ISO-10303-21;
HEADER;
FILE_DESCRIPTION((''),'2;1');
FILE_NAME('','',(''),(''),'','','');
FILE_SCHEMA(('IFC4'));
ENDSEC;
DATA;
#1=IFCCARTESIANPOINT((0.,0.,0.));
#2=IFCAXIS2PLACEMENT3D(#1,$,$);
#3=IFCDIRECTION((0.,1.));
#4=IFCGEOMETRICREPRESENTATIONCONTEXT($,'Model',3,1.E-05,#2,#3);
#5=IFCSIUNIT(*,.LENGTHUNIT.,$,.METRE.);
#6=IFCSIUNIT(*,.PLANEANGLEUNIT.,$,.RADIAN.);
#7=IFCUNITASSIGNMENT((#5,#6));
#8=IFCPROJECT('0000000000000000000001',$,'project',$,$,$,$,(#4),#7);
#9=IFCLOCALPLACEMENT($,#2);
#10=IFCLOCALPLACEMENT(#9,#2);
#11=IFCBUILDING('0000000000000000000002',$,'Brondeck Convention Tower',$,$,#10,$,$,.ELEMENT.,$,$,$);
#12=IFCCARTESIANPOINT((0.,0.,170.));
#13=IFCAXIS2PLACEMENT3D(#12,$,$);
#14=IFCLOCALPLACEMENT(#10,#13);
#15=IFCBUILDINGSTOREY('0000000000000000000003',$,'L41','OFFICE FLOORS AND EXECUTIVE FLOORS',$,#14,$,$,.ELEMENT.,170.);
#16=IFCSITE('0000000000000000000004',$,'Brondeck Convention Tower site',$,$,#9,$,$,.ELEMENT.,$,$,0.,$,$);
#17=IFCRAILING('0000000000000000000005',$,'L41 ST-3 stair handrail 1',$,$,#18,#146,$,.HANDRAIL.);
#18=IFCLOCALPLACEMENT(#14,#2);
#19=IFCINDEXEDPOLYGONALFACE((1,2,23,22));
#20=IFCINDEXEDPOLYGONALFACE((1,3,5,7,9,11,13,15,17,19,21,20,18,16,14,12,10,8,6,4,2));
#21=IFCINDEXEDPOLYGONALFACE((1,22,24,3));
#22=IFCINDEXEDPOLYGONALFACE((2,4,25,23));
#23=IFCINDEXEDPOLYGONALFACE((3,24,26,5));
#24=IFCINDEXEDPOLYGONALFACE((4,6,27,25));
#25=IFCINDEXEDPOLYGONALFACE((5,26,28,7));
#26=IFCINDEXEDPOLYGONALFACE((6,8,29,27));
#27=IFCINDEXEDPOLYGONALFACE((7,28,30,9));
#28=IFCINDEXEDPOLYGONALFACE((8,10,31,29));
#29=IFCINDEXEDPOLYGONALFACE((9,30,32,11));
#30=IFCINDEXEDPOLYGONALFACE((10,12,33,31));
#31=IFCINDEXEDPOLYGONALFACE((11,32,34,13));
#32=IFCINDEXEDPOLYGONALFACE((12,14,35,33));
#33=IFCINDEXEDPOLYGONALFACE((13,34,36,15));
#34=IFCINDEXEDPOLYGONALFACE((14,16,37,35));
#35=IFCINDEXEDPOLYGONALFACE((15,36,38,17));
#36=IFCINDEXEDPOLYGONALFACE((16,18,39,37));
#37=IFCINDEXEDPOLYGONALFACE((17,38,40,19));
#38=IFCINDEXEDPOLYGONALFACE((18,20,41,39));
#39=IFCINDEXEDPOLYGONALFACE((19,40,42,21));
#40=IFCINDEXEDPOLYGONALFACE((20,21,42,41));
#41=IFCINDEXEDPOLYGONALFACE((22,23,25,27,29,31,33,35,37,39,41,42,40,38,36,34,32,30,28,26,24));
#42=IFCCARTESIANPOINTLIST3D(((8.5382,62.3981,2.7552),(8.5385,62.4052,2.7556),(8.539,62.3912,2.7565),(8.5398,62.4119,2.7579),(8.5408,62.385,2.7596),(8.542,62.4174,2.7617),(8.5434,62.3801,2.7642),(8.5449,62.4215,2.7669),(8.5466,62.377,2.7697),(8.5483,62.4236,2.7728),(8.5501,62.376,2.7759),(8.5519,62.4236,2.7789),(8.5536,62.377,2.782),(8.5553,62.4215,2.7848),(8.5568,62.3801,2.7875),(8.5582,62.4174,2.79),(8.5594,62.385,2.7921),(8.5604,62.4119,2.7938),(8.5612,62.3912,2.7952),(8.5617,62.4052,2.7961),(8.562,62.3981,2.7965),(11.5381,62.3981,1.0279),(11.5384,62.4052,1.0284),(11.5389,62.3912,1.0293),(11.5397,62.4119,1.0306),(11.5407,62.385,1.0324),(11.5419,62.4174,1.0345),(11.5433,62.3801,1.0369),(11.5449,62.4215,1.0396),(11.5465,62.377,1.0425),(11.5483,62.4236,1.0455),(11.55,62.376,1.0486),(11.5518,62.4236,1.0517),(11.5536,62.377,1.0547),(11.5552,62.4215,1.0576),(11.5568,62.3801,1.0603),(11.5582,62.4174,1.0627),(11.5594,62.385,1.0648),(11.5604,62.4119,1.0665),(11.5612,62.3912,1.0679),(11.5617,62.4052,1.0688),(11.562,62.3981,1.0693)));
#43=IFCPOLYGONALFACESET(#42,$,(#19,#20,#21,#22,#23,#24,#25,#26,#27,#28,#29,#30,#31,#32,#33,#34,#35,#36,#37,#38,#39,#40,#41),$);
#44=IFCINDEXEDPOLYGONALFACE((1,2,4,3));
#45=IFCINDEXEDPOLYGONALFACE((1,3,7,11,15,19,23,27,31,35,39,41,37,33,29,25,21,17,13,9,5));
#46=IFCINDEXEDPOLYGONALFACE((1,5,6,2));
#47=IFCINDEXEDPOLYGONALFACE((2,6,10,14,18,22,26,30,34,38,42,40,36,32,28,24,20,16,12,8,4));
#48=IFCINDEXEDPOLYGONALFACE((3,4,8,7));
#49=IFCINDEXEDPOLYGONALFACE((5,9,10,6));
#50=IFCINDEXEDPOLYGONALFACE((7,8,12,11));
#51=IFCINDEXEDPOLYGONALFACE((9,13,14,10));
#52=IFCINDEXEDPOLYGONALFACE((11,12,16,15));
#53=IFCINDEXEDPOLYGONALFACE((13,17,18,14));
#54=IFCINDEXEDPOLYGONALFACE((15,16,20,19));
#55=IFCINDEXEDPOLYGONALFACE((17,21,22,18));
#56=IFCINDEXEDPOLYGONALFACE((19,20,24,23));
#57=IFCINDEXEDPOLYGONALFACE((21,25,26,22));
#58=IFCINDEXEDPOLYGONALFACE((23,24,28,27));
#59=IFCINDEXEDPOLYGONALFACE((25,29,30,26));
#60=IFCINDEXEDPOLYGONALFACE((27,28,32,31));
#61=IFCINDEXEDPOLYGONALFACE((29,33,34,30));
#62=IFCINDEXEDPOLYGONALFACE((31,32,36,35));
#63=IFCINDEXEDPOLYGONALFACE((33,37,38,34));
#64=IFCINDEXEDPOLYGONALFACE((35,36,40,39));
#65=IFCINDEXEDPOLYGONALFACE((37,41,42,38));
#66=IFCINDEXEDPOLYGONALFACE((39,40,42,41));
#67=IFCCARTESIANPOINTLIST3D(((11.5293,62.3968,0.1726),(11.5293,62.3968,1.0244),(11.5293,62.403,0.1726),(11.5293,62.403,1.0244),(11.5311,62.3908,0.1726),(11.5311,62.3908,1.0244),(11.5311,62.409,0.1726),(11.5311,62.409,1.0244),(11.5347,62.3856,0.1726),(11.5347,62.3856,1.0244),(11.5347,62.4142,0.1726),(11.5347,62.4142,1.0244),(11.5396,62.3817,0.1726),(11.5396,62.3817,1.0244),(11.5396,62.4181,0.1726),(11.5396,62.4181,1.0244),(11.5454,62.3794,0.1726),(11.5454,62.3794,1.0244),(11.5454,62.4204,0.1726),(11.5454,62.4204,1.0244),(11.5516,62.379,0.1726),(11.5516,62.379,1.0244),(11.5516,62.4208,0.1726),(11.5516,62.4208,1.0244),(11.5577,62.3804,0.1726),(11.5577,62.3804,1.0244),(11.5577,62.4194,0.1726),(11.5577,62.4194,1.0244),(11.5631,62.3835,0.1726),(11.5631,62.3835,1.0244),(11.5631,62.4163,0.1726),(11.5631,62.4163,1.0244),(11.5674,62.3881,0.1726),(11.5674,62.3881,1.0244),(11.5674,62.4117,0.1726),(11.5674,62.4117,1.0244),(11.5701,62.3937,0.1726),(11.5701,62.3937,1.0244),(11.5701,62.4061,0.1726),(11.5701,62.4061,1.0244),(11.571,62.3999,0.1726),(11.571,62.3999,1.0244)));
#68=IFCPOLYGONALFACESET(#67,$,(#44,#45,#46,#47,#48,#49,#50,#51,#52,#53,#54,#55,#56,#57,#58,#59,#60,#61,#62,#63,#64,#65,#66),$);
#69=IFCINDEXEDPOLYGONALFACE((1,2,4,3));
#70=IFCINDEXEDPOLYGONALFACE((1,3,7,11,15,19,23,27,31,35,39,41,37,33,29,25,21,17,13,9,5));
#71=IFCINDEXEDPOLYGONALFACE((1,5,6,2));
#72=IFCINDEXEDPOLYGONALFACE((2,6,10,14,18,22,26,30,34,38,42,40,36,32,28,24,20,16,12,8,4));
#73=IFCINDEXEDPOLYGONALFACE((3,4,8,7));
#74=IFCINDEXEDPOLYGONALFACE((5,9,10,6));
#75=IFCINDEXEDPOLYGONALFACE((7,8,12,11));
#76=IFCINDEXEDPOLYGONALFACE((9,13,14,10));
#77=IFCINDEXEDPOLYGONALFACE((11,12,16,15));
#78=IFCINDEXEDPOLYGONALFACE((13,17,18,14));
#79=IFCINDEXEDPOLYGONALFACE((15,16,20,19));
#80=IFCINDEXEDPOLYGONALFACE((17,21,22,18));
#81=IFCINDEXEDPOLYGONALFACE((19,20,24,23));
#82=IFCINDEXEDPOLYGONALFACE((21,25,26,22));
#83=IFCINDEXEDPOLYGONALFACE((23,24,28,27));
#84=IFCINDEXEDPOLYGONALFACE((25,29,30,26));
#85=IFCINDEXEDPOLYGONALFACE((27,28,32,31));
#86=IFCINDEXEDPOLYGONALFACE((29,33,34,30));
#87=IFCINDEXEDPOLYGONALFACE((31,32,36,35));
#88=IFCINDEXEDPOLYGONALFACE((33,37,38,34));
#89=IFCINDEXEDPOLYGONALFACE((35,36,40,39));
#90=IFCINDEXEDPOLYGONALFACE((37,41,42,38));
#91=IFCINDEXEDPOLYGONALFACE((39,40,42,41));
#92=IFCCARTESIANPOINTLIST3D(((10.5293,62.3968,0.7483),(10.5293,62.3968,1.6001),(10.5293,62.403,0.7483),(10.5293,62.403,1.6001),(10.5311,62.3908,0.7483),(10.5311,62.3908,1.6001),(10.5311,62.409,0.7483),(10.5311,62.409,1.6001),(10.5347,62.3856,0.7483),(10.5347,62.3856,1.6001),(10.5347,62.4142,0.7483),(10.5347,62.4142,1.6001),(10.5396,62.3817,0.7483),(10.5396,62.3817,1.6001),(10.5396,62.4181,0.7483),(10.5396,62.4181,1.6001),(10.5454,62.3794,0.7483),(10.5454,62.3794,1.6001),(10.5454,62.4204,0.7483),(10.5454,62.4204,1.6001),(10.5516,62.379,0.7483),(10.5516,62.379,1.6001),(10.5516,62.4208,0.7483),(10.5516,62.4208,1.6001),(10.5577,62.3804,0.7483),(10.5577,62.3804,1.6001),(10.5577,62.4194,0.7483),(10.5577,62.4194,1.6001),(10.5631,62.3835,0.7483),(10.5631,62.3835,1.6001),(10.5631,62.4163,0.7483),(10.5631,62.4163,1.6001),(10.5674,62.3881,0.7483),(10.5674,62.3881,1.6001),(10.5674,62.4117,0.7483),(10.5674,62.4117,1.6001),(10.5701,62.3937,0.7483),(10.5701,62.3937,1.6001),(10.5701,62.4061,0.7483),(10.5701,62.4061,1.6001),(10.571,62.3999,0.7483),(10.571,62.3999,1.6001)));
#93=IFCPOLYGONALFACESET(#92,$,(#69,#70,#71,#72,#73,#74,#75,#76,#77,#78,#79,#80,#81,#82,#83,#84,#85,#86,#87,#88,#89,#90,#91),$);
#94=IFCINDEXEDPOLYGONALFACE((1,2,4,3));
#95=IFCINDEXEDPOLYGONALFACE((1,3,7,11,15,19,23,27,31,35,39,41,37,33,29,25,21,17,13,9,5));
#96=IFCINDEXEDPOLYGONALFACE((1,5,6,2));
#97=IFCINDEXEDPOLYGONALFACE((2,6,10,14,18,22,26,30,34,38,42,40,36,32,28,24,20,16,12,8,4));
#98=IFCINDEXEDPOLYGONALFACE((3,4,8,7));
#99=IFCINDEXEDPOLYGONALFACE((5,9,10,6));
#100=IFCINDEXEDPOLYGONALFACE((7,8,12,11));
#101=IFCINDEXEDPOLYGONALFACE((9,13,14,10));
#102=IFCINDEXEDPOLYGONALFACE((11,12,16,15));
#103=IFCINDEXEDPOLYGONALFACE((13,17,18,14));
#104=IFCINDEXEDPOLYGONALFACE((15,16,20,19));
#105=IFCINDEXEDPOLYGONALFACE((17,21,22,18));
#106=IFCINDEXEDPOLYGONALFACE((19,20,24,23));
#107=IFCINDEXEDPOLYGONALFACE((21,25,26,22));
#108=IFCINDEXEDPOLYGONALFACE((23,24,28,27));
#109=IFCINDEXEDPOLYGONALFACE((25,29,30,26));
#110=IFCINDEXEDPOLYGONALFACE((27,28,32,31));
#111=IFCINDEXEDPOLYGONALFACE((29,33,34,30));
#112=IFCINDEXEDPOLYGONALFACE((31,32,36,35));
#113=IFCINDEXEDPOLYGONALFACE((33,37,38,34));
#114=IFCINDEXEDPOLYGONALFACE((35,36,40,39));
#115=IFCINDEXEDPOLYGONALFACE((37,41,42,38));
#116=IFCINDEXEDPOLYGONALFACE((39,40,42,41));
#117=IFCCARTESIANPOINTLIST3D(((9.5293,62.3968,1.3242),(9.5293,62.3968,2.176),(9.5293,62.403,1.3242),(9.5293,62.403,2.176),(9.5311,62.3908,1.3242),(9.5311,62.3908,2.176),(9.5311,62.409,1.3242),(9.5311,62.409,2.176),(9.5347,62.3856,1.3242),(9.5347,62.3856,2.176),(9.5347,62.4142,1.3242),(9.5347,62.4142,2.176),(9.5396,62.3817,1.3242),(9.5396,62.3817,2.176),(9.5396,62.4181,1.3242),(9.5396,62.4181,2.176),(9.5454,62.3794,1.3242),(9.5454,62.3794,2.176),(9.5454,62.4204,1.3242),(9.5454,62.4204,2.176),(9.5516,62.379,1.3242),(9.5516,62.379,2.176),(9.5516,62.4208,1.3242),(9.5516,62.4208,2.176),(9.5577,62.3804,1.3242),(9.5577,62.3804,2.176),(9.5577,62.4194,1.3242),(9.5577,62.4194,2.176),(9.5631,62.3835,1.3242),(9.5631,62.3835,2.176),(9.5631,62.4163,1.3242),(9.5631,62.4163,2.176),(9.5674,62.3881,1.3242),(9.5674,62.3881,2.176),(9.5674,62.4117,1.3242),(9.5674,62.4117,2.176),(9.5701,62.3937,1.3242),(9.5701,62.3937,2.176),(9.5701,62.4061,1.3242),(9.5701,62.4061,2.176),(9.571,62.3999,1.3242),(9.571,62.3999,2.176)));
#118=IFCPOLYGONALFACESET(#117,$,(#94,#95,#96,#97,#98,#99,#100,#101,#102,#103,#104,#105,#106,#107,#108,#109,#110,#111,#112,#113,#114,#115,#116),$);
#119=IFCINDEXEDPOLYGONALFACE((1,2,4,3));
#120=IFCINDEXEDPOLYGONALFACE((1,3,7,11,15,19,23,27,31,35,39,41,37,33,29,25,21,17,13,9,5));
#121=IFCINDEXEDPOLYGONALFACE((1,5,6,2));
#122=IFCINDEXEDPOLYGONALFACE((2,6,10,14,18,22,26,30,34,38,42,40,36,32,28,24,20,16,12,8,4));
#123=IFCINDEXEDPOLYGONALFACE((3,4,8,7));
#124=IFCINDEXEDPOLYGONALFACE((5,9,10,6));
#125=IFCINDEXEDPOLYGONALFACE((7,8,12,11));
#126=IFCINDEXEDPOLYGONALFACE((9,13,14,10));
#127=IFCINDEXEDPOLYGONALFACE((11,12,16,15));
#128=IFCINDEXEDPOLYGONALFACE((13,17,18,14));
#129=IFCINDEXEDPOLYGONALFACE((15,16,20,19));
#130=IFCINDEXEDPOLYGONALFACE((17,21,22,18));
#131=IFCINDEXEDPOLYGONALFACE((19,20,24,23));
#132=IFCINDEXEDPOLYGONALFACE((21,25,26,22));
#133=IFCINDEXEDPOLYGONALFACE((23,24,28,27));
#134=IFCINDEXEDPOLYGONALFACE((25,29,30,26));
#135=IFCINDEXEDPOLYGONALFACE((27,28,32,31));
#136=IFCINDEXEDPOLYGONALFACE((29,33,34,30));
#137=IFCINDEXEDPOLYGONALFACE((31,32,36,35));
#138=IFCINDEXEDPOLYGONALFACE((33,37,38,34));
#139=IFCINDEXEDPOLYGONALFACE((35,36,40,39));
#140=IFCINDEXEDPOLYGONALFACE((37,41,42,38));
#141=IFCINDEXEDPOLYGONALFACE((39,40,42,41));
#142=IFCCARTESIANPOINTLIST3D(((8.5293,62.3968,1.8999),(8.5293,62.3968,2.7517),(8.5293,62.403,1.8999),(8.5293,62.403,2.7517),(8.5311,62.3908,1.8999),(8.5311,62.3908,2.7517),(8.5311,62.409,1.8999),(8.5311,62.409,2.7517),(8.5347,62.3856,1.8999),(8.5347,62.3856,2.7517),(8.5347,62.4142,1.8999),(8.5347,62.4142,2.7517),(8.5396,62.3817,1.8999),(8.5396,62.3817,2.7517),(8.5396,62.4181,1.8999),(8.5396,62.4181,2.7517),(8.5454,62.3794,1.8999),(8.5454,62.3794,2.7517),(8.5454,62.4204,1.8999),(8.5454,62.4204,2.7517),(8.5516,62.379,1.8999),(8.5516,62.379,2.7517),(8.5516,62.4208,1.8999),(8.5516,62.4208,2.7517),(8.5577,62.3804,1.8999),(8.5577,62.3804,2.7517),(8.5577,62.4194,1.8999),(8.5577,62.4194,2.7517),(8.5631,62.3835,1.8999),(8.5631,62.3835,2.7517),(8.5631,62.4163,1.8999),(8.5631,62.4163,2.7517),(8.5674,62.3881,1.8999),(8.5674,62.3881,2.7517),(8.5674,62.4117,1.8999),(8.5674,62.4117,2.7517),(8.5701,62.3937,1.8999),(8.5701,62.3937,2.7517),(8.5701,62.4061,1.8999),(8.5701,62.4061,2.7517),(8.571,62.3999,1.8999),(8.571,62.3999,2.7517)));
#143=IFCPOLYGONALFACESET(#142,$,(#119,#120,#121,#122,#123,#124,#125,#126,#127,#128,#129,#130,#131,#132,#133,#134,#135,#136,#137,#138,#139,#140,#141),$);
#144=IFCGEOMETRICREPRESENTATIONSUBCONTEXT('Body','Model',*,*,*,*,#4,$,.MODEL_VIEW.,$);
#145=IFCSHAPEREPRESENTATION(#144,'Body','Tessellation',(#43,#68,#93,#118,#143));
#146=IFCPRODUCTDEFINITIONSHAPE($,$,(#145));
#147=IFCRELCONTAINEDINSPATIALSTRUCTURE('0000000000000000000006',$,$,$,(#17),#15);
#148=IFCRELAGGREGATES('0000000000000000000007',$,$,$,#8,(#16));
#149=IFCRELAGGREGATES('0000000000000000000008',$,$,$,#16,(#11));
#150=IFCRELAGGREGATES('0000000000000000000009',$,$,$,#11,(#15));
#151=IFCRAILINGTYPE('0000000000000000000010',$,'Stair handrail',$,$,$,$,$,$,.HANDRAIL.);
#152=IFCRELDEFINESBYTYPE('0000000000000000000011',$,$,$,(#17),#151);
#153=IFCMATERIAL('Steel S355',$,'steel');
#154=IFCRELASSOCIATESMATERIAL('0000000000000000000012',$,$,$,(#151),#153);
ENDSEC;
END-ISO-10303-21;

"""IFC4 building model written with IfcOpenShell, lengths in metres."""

from ifc_helpers import new_model, si_unit, direction, frame, origin, origin_2d, place, context, subcontext, project, spatial, circle, extrude, material, type_object, element, save


model = new_model("IFC4")

# Units and contexts
model_context = context("Model", 3, precision=1e-05, world=origin(), true_north=direction((0.0, 1.0)))
body_context = subcontext(model_context, "Body", "Model", "MODEL_VIEW")
ifc_project = project(units=[si_unit("LENGTHUNIT", "METRE"), si_unit("PLANEANGLEUNIT", "RADIAN")], contexts=[model_context])

# Site, building, storey
site_placement = place(None, origin())
site = spatial("IfcSite", under=ifc_project, at=site_placement, Name="Brondeck Convention Tower site", CompositionType="ELEMENT", RefElevation=0.0)
building_placement = place(site_placement, origin())
building = spatial("IfcBuilding", under=site, at=building_placement, Name="Brondeck Convention Tower", CompositionType="ELEMENT")
storey_placement = place(building_placement, frame((0.0, 0.0, 170.0)))
storey = spatial("IfcBuildingStorey", under=building, at=storey_placement, Name="L41", Description="OFFICE FLOORS AND EXECUTIVE FLOORS", CompositionType="ELEMENT", Elevation=170.0)

# Railing
ifc_material_1 = material(Name="Steel S355", Category="steel")
railing_type_1 = type_object("IfcRailingType", Name="Stair handrail", PredefinedType="HANDRAIL", material=ifc_material_1)
railing_1_placement = place(storey_placement, frame((11.55, 62.3999, 0.1726)))
element("IfcRailing", 1, at=railing_1_placement, inside=storey, type_object=railing_type_1, Name="L41 ST-3 stair handrail 1", PredefinedType="HANDRAIL", context=body_context, shape_type="SweptSolid", body=[
    extrude(circle(Radius=0.0239, at=origin_2d()), frame((0.0, 0.0, 0.876), z_axis=(-0.86662, 0.0, 0.498969), x_axis=(0.0, -1.0, 0.0)), (0.0, 0.0, 1.0), 3.4617),
    extrude(circle(Radius=0.021, at=origin_2d()), origin(), (0.0, 0.0, 1.0), 0.8518),
    extrude(circle(Radius=0.021, at=origin_2d()), frame((-1.0, 0.0, 0.5757)), (0.0, 0.0, 1.0), 0.8518),
    extrude(circle(Radius=0.021, at=origin_2d()), frame((-2.0, 0.0, 1.1516)), (0.0, 0.0, 1.0), 0.8518),
    extrude(circle(Radius=0.021, at=origin_2d()), frame((-3.0, 0.0, 1.7273)), (0.0, 0.0, 1.0), 0.8518),
])

save(model, "model.ifc")
